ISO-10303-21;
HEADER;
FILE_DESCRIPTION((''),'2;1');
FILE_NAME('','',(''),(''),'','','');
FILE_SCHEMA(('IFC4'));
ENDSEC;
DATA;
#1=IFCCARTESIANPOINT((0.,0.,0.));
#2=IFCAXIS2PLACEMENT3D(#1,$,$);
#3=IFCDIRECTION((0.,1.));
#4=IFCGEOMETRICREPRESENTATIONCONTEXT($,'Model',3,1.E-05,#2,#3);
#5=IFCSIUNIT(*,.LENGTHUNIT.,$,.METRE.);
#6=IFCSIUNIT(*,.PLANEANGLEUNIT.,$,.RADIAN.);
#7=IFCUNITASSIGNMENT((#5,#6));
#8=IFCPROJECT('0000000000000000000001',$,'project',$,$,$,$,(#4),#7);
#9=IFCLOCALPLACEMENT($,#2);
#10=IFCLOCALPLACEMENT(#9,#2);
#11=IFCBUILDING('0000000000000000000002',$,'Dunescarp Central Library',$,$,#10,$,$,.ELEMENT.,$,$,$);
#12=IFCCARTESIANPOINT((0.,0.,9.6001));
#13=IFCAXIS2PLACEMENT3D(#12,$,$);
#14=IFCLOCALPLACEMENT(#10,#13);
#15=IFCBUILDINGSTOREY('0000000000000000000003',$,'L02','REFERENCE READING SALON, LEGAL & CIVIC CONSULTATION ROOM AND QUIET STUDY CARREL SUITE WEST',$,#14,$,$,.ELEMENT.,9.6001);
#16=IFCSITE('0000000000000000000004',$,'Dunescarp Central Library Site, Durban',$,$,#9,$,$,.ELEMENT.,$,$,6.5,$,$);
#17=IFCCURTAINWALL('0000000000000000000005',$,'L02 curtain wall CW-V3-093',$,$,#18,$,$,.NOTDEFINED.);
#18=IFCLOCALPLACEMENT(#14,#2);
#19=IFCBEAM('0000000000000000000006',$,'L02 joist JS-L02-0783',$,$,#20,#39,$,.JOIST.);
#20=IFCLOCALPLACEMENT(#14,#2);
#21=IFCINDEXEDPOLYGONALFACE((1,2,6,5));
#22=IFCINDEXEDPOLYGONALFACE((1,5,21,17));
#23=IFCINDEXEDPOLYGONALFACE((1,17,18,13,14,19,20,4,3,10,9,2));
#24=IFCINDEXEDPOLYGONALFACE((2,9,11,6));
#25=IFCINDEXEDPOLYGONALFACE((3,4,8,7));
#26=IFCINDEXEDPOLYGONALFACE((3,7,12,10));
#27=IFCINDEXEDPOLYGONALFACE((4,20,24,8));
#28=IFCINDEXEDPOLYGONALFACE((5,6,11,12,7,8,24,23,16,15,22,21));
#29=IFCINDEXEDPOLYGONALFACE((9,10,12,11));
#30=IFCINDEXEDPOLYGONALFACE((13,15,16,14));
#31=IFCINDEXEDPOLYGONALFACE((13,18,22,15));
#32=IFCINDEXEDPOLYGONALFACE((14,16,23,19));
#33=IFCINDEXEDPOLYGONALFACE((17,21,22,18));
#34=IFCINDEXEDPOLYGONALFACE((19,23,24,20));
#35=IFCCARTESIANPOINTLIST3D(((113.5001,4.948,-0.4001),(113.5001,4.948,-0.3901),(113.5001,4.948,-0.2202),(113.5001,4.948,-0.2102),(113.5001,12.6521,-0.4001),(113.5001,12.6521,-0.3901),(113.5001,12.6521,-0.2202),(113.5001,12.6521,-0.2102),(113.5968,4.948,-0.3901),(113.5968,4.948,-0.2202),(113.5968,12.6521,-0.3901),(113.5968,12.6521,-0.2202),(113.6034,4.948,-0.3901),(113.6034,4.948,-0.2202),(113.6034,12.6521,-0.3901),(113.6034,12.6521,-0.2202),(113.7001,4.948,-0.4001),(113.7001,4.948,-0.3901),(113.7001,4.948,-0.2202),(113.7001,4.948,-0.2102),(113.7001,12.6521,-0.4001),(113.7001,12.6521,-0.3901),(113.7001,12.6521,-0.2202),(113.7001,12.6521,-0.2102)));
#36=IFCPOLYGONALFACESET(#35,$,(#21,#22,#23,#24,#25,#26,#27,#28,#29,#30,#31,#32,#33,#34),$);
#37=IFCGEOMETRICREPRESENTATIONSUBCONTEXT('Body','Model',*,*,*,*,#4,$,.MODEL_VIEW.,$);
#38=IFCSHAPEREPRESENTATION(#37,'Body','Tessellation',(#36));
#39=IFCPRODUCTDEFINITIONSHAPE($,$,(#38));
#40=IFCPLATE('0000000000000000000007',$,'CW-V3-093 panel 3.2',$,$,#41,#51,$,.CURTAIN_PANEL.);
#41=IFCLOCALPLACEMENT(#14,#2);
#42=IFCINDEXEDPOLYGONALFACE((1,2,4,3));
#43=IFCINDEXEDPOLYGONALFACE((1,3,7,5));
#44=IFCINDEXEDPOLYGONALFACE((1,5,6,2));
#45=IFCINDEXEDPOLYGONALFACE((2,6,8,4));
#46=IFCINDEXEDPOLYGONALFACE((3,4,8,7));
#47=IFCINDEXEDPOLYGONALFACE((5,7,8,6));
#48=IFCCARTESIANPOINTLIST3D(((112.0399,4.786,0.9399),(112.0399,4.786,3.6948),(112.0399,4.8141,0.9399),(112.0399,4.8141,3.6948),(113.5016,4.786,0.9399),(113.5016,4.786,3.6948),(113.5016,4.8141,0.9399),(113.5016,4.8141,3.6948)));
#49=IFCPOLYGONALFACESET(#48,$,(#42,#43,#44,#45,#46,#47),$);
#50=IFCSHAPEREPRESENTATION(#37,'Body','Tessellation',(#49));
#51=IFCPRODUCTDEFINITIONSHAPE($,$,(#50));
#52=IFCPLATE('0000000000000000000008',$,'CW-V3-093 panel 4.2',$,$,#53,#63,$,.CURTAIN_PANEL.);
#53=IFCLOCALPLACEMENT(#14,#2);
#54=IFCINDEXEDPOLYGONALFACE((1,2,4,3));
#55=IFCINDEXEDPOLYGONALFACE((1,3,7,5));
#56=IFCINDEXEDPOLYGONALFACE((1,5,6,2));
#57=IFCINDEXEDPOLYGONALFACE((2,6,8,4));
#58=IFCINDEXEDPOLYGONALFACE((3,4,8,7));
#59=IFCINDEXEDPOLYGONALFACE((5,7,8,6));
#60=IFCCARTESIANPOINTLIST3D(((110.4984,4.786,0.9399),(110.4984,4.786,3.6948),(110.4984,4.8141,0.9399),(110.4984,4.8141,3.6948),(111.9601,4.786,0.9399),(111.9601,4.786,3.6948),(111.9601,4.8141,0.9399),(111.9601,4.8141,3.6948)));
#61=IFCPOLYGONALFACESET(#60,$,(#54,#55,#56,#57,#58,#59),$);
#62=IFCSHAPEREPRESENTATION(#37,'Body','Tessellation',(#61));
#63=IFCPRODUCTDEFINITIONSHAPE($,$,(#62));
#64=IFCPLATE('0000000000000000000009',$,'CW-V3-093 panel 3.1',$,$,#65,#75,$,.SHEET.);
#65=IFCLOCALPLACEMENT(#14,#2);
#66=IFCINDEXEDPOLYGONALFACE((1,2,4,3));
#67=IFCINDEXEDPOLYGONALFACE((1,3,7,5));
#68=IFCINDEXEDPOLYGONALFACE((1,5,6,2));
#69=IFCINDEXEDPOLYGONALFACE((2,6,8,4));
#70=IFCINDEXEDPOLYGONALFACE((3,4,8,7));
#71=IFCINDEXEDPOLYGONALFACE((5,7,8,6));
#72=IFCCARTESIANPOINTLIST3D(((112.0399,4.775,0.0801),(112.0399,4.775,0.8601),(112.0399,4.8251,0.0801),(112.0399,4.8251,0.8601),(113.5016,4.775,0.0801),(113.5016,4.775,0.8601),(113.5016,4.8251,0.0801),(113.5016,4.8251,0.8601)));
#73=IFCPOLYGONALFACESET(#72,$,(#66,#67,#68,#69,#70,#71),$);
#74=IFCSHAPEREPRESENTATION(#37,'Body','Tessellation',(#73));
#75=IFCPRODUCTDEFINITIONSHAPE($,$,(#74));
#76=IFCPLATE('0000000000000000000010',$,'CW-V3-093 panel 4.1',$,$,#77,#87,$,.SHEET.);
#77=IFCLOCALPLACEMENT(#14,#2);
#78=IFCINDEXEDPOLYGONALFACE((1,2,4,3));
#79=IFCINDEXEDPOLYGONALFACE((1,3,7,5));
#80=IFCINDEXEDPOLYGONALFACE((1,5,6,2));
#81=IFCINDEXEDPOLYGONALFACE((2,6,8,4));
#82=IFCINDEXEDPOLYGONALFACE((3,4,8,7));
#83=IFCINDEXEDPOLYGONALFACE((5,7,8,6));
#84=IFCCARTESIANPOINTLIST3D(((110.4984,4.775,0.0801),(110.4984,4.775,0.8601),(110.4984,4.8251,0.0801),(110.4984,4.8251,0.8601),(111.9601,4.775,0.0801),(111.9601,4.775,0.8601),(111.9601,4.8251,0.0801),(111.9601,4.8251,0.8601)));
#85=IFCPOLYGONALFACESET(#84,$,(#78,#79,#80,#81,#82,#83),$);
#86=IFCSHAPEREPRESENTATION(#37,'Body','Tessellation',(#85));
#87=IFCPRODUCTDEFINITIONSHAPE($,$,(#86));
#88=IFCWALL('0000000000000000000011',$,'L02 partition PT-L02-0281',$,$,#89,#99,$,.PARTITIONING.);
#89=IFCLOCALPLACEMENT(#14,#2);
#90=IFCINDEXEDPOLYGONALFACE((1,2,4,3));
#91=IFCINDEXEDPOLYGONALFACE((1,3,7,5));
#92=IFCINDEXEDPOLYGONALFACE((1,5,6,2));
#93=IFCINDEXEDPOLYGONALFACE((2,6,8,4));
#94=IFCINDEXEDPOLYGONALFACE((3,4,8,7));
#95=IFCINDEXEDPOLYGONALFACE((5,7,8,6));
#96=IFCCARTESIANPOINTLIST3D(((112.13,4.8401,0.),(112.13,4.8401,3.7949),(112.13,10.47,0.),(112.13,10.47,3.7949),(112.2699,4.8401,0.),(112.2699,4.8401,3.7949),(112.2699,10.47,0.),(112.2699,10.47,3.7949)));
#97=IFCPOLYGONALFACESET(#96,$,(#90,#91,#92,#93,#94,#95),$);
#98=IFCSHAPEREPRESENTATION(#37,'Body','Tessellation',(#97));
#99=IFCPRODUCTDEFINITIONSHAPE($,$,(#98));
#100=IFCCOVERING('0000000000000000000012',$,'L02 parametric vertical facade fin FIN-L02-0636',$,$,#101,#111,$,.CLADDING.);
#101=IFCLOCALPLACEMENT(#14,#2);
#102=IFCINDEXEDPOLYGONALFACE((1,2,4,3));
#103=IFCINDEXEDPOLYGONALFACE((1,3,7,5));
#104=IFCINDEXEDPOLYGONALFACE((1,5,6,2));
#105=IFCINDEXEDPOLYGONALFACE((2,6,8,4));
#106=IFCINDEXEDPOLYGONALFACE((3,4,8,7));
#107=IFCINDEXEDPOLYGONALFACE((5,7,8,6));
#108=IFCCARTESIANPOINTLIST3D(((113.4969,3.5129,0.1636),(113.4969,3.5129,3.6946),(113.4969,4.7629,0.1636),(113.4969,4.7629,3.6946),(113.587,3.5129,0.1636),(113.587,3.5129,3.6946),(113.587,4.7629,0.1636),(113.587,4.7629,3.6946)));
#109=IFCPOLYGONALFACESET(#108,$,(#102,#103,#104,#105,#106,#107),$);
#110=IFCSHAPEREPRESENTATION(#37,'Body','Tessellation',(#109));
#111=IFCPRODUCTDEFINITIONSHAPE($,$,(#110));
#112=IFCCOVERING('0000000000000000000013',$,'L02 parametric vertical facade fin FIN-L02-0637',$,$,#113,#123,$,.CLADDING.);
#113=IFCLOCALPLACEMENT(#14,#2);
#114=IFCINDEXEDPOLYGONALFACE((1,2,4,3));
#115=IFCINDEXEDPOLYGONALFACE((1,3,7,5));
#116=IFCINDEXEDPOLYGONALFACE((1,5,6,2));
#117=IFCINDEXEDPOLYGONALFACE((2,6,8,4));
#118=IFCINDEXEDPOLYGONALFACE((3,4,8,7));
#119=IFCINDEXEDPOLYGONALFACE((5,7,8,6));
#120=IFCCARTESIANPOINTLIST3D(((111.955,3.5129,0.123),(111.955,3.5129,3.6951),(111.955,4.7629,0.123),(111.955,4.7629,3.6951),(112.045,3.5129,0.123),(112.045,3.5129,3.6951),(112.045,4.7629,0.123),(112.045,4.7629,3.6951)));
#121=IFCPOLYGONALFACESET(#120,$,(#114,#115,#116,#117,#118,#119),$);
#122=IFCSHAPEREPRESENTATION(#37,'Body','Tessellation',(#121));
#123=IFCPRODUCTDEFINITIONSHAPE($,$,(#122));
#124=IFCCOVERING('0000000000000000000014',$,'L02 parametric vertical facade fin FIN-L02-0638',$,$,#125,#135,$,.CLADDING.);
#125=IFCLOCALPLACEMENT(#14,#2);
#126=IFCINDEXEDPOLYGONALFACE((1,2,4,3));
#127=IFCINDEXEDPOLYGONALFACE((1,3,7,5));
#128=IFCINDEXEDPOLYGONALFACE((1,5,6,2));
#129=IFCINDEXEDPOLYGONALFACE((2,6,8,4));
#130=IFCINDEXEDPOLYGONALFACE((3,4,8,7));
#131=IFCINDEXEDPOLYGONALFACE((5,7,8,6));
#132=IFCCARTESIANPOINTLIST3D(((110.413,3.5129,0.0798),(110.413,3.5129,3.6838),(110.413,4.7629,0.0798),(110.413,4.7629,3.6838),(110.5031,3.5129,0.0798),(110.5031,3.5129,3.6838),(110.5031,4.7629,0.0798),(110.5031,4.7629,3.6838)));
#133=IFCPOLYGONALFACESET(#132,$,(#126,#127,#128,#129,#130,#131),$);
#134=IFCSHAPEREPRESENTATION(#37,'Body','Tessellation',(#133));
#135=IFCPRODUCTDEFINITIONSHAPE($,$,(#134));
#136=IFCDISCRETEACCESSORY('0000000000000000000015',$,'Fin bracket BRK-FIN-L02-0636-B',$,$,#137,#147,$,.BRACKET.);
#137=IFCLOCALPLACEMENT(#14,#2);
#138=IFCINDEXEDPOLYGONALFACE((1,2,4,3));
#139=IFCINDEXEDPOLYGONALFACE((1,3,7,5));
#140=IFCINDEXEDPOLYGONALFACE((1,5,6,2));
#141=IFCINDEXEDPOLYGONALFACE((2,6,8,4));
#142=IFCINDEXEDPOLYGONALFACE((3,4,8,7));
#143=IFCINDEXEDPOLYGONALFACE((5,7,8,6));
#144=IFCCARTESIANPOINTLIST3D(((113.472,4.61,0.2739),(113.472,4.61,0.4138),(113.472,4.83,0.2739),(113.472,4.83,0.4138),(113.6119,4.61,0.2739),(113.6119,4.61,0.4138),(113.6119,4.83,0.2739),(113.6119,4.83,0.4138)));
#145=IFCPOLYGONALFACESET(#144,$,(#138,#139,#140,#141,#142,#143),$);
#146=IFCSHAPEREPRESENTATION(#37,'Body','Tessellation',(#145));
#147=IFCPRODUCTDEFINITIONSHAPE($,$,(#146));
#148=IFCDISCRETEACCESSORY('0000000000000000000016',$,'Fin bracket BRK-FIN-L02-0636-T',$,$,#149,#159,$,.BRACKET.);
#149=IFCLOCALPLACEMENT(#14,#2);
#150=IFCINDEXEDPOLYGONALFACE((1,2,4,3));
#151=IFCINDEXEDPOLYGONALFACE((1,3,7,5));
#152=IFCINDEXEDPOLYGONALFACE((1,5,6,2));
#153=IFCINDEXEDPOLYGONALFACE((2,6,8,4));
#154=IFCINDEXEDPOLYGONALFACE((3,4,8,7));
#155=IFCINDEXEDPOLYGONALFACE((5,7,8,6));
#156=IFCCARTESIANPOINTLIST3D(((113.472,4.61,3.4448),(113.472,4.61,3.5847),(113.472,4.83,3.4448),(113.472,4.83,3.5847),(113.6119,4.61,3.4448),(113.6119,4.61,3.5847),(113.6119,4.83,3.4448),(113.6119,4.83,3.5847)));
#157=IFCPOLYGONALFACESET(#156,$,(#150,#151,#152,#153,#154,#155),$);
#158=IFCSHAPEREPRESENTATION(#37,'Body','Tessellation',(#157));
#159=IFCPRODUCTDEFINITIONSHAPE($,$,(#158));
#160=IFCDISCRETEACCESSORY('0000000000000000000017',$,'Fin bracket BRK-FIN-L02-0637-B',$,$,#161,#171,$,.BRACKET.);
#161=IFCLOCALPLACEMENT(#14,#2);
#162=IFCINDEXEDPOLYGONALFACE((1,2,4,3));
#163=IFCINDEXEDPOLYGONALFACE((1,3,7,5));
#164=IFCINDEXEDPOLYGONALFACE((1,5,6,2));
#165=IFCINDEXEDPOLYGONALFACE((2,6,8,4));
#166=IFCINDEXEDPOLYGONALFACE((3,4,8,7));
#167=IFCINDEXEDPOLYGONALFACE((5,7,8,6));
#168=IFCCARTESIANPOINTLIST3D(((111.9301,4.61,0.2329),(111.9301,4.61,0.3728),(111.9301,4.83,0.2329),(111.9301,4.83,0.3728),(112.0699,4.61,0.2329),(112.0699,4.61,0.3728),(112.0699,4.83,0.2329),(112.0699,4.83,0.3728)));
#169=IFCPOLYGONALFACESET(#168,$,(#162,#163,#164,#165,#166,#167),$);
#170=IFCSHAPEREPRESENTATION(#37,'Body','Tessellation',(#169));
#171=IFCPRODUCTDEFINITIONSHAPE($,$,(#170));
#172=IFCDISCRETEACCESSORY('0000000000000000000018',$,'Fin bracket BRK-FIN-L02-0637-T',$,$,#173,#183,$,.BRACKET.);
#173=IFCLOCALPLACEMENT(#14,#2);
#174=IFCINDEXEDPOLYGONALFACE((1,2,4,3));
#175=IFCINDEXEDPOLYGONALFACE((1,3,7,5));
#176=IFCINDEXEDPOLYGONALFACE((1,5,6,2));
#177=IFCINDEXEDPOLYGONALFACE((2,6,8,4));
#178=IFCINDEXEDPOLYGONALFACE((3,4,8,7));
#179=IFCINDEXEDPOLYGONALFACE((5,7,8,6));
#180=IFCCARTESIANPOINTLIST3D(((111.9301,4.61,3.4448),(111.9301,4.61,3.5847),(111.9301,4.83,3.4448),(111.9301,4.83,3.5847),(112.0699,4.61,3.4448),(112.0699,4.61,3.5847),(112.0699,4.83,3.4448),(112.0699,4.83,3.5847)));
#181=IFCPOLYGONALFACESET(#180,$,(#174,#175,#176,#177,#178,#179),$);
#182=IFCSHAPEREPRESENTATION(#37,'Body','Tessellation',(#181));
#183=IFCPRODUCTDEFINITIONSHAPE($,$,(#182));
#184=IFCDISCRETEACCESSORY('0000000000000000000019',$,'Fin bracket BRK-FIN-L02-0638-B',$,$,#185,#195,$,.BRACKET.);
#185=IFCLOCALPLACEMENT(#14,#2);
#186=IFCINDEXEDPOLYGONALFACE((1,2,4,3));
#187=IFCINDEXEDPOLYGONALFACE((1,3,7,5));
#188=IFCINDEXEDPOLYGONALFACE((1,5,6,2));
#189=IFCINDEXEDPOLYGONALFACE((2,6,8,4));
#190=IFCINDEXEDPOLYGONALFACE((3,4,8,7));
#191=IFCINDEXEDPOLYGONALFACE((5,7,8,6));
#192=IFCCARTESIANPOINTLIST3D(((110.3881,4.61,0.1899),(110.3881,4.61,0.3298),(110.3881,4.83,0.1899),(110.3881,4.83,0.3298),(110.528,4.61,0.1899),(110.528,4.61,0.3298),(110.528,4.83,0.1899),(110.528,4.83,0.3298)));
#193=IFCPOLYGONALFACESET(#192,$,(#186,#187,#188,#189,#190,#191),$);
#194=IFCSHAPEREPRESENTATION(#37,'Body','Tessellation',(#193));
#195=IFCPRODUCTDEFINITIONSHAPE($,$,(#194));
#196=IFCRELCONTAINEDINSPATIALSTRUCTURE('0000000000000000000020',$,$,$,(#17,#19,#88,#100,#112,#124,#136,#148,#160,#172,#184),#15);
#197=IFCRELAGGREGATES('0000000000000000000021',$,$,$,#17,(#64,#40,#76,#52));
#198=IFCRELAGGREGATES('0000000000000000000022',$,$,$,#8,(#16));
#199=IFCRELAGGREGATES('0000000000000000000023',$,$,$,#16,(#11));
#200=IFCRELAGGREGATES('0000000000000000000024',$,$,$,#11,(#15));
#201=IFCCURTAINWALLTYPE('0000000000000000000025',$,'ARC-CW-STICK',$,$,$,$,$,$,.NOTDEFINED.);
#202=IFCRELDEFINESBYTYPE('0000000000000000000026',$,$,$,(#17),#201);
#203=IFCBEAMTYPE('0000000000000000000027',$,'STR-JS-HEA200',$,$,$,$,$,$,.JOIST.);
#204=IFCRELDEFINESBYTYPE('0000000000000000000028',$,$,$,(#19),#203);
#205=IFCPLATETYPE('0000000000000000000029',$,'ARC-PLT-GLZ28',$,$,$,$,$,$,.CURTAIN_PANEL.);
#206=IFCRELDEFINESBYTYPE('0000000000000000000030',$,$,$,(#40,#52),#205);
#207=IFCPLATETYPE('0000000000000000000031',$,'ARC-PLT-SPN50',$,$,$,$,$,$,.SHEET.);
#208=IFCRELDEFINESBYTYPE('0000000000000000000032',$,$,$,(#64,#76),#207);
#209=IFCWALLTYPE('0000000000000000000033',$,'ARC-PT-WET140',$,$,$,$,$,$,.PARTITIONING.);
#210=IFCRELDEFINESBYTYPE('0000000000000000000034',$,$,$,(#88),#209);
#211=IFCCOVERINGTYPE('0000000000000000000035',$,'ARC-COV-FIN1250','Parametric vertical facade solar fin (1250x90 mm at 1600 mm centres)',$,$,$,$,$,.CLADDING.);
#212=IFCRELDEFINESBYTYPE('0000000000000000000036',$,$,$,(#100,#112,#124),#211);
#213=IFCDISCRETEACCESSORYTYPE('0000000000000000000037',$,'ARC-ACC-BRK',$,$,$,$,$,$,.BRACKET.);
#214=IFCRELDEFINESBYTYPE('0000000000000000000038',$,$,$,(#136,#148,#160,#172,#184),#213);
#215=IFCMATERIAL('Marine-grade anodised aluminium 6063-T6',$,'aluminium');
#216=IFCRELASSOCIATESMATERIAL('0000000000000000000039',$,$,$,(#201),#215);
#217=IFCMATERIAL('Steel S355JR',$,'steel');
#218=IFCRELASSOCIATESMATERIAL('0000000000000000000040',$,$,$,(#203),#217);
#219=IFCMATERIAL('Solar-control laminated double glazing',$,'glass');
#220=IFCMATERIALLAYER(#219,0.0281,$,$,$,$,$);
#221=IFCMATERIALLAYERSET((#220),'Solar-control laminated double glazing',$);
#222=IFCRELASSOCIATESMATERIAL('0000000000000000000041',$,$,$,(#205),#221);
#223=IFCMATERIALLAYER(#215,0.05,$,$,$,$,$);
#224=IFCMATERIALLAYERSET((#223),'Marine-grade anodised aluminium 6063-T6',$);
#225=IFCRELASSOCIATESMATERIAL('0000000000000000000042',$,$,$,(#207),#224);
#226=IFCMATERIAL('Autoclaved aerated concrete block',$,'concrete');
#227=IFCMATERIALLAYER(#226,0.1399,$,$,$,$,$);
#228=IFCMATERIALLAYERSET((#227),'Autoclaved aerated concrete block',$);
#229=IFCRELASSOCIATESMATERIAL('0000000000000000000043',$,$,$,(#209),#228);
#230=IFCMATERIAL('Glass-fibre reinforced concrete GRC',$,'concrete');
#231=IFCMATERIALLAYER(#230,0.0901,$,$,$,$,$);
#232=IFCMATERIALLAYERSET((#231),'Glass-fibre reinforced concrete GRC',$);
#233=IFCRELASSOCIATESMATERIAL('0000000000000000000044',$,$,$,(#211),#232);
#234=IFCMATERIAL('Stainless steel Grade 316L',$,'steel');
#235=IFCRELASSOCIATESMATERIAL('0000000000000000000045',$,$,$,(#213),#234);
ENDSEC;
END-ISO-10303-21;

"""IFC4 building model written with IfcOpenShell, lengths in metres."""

from ifc_helpers import new_model, si_unit, direction, frame, frame_2d, origin, origin_2d, place, context, subcontext, project, spatial, rectangle, i_section, extrude, material, layer, layer_set, material_profile, profile_set, type_object, element, aggregate, save


model = new_model("IFC4")

# Units and contexts
model_context = context("Model", 3, precision=1e-05, world=origin(), true_north=direction((0.0, 1.0)))
body_context = subcontext(model_context, "Body", "Model", "MODEL_VIEW")
ifc_project = project(units=[si_unit("LENGTHUNIT", "METRE"), si_unit("PLANEANGLEUNIT", "RADIAN")], contexts=[model_context])

# Site, building, storey
site_placement = place(None, origin())
site = spatial("IfcSite", under=ifc_project, at=site_placement, Name="Dunescarp Central Library Site, Durban", CompositionType="ELEMENT", RefElevation=6.5)
building_placement = place(site_placement, origin())
building = spatial("IfcBuilding", under=site, at=building_placement, Name="Dunescarp Central Library", CompositionType="ELEMENT")
storey_placement = place(building_placement, frame((0.0, 0.0, 9.6001)))
storey = spatial("IfcBuildingStorey", under=building, at=storey_placement, Name="L02", Description="REFERENCE READING SALON, LEGAL & CIVIC CONSULTATION ROOM AND QUIET STUDY CARREL SUITE WEST", CompositionType="ELEMENT", Elevation=9.6001)

# Curtain wall
ifc_material_1 = material(Name="Marine-grade anodised aluminium 6063-T6", Category="aluminium")
curtain_wall_type = type_object("IfcCurtainWallType", Name="ARC-CW-STICK", PredefinedType="NOTDEFINED", material=ifc_material_1)
curtain_wall_placement = place(storey_placement, origin())
curtain_wall = element("IfcCurtainWall", 1, at=curtain_wall_placement, inside=storey, type_object=curtain_wall_type, Name="L02 curtain wall CW-V3-093", PredefinedType="NOTDEFINED")

# Beam
ifc_material_2 = material(Name="Steel S355JR", Category="steel")
ifc_material_profile_1 = material_profile(ifc_material_2, i_section(OverallWidth=0.2, OverallDepth=0.1899, WebThickness=0.0066, FlangeThickness=0.01, at=origin_2d()), Name="HEA 200")
ifc_profile_set_1 = profile_set([ifc_material_profile_1], Name="Steel S355JR")
beam_type = type_object("IfcBeamType", Name="STR-JS-HEA200", PredefinedType="JOIST", material=ifc_profile_set_1)
for number, where, z_axis, x_axis, name in (
    (2, (113.6001, 4.948, -0.3052), (0.0, 1.0, 0.0), (-1.0, 0.0, 0.0), "L02 joist JS-L02-0783"),
):
    element("IfcBeam", number, at=place(storey_placement, frame(where, z_axis=z_axis, x_axis=x_axis)), inside=storey, type_object=beam_type, Name=name, PredefinedType="JOIST", context=body_context, shape_type="SweptSolid", body=[
        extrude(i_section(OverallWidth=0.2, OverallDepth=0.1899, WebThickness=0.0066, FlangeThickness=0.01, at=origin_2d()), origin(), (0.0, 0.0, 1.0), 7.7041),
    ])

# Plates
ifc_material_3 = material(Name="Solar-control laminated double glazing", Category="glass")
ifc_layer_1 = layer(ifc_material_3, 0.0281)
ifc_layer_set_1 = layer_set([ifc_layer_1], Name="Solar-control laminated double glazing")
plate_type_1 = type_object("IfcPlateType", Name="ARC-PLT-GLZ28", PredefinedType="CURTAIN_PANEL", material=ifc_layer_set_1)
plate_1_placement = place(storey_placement, frame((112.7708, 4.8, 0.9399), z_axis=(0.0, 0.0, 1.0), x_axis=(-1.0, 0.0, 0.0)))
plate_1 = element("IfcPlate", 3, at=plate_1_placement, type_object=plate_type_1, Name="CW-V3-093 panel 3.2", PredefinedType="CURTAIN_PANEL", context=body_context, shape_type="SweptSolid", body=[
    extrude(rectangle(XDim=1.4617, YDim=0.0281, at=origin_2d()), origin(), (0.0, 0.0, 1.0), 2.7549),
])
plate_2_placement = place(storey_placement, frame((111.2292, 4.8, 0.9399), z_axis=(0.0, 0.0, 1.0), x_axis=(-1.0, 0.0, 0.0)))
plate_2 = element("IfcPlate", 4, at=plate_2_placement, type_object=plate_type_1, Name="CW-V3-093 panel 4.2", PredefinedType="CURTAIN_PANEL", context=body_context, shape_type="SweptSolid", body=[
    extrude(rectangle(XDim=1.4617, YDim=0.0281, at=origin_2d()), origin(), (0.0, 0.0, 1.0), 2.7549),
])
ifc_layer_2 = layer(ifc_material_1, 0.05)
ifc_layer_set_2 = layer_set([ifc_layer_2], Name="Marine-grade anodised aluminium 6063-T6")
plate_type_2 = type_object("IfcPlateType", Name="ARC-PLT-SPN50", PredefinedType="SHEET", material=ifc_layer_set_2)
plate_3_placement = place(storey_placement, frame((112.7708, 4.8, 0.0801), z_axis=(0.0, 0.0, 1.0), x_axis=(-1.0, 0.0, 0.0)))
plate_3 = element("IfcPlate", 5, at=plate_3_placement, type_object=plate_type_2, Name="CW-V3-093 panel 3.1", PredefinedType="SHEET", context=body_context, shape_type="SweptSolid", body=[
    extrude(rectangle(XDim=1.4617, YDim=0.05, at=origin_2d()), origin(), (0.0, 0.0, 1.0), 0.78),
])
plate_4_placement = place(storey_placement, frame((111.2292, 4.8, 0.0801), z_axis=(0.0, 0.0, 1.0), x_axis=(-1.0, 0.0, 0.0)))
plate_4 = element("IfcPlate", 6, at=plate_4_placement, type_object=plate_type_2, Name="CW-V3-093 panel 4.1", PredefinedType="SHEET", context=body_context, shape_type="SweptSolid", body=[
    extrude(rectangle(XDim=1.4617, YDim=0.05, at=origin_2d()), origin(), (0.0, 0.0, 1.0), 0.78),
])
aggregate(curtain_wall, [plate_3, plate_1, plate_4, plate_2])

# Wall
ifc_material_4 = material(Name="Autoclaved aerated concrete block", Category="concrete")
ifc_layer_3 = layer(ifc_material_4, 0.1399)
ifc_layer_set_3 = layer_set([ifc_layer_3], Name="Autoclaved aerated concrete block")
wall_type = type_object("IfcWallType", Name="ARC-PT-WET140", PredefinedType="PARTITIONING", material=ifc_layer_set_3)
wall_placement = place(storey_placement, frame((112.2, 4.8401, 0.0), z_axis=(0.0, 0.0, 1.0), x_axis=(0.0, 1.0, 0.0)))
element("IfcWall", 7, at=wall_placement, inside=storey, type_object=wall_type, Name="L02 partition PT-L02-0281", PredefinedType="PARTITIONING", context=body_context, shape_type="SweptSolid", body=[
    extrude(rectangle(XDim=5.6299, YDim=0.1399, at=frame_2d((2.8149, 0.0))), origin(), (0.0, 0.0, 1.0), 3.7949),
])

# Coverings
ifc_material_5 = material(Name="Glass-fibre reinforced concrete GRC", Category="concrete")
ifc_layer_4 = layer(ifc_material_5, 0.0901)
ifc_layer_set_4 = layer_set([ifc_layer_4], Name="Glass-fibre reinforced concrete GRC")
covering_type = type_object("IfcCoveringType", Name="ARC-COV-FIN1250", Description="Parametric vertical facade solar fin (1250x90 mm at 1600 mm centres)", PredefinedType="CLADDING", material=ifc_layer_set_4)
covering_1_placement = place(storey_placement, frame((113.542, 4.1379, 0.1636), z_axis=(0.0, 0.0, 1.0), x_axis=(0.0, -1.0, 0.0)))
element("IfcCovering", 8, at=covering_1_placement, inside=storey, type_object=covering_type, Name="L02 parametric vertical facade fin FIN-L02-0636", PredefinedType="CLADDING", context=body_context, shape_type="SweptSolid", body=[
    extrude(rectangle(XDim=1.25, YDim=0.0901, at=origin_2d()), origin(), (0.0, 0.0, 1.0), 3.531),
])
covering_2_placement = place(storey_placement, frame((112.0, 4.1379, 0.123), z_axis=(0.0, 0.0, 1.0), x_axis=(0.0, -1.0, 0.0)))
element("IfcCovering", 9, at=covering_2_placement, inside=storey, type_object=covering_type, Name="L02 parametric vertical facade fin FIN-L02-0637", PredefinedType="CLADDING", context=body_context, shape_type="SweptSolid", body=[
    extrude(rectangle(XDim=1.25, YDim=0.0901, at=origin_2d()), origin(), (0.0, 0.0, 1.0), 3.572),
])
covering_3_placement = place(storey_placement, frame((110.458, 4.1379, 0.0798), z_axis=(0.0, 0.0, 1.0), x_axis=(0.0, -1.0, 0.0)))
element("IfcCovering", 10, at=covering_3_placement, inside=storey, type_object=covering_type, Name="L02 parametric vertical facade fin FIN-L02-0638", PredefinedType="CLADDING", context=body_context, shape_type="SweptSolid", body=[
    extrude(rectangle(XDim=1.25, YDim=0.0901, at=origin_2d()), origin(), (0.0, 0.0, 1.0), 3.604),
])

# Discrete accessories
ifc_material_6 = material(Name="Stainless steel Grade 316L", Category="steel")
discrete_accessory_type = type_object("IfcDiscreteAccessoryType", Name="ARC-ACC-BRK", PredefinedType="BRACKET", material=ifc_material_6)
for number, where, z_axis, x_axis, name in (
    (11, (113.542, 4.72, 0.2739), (0.0, 0.0, 1.0), (0.0, -1.0, 0.0), "Fin bracket BRK-FIN-L02-0636-B"),
    (12, (113.542, 4.72, 3.4448), (0.0, 0.0, 1.0), (0.0, -1.0, 0.0), "Fin bracket BRK-FIN-L02-0636-T"),
    (13, (112.0, 4.72, 0.2329), (0.0, 0.0, 1.0), (0.0, -1.0, 0.0), "Fin bracket BRK-FIN-L02-0637-B"),
    (14, (112.0, 4.72, 3.4448), (0.0, 0.0, 1.0), (0.0, -1.0, 0.0), "Fin bracket BRK-FIN-L02-0637-T"),
    (15, (110.458, 4.72, 0.1899), (0.0, 0.0, 1.0), (0.0, -1.0, 0.0), "Fin bracket BRK-FIN-L02-0638-B"),
):
    element("IfcDiscreteAccessory", number, at=place(storey_placement, frame(where, z_axis=z_axis, x_axis=x_axis)), inside=storey, type_object=discrete_accessory_type, Name=name, PredefinedType="BRACKET", context=body_context, shape_type="SweptSolid", body=[
        extrude(rectangle(XDim=0.22, YDim=0.1399, at=origin_2d()), origin(), (0.0, 0.0, 1.0), 0.1399),
    ])

save(model, "model.ifc")
